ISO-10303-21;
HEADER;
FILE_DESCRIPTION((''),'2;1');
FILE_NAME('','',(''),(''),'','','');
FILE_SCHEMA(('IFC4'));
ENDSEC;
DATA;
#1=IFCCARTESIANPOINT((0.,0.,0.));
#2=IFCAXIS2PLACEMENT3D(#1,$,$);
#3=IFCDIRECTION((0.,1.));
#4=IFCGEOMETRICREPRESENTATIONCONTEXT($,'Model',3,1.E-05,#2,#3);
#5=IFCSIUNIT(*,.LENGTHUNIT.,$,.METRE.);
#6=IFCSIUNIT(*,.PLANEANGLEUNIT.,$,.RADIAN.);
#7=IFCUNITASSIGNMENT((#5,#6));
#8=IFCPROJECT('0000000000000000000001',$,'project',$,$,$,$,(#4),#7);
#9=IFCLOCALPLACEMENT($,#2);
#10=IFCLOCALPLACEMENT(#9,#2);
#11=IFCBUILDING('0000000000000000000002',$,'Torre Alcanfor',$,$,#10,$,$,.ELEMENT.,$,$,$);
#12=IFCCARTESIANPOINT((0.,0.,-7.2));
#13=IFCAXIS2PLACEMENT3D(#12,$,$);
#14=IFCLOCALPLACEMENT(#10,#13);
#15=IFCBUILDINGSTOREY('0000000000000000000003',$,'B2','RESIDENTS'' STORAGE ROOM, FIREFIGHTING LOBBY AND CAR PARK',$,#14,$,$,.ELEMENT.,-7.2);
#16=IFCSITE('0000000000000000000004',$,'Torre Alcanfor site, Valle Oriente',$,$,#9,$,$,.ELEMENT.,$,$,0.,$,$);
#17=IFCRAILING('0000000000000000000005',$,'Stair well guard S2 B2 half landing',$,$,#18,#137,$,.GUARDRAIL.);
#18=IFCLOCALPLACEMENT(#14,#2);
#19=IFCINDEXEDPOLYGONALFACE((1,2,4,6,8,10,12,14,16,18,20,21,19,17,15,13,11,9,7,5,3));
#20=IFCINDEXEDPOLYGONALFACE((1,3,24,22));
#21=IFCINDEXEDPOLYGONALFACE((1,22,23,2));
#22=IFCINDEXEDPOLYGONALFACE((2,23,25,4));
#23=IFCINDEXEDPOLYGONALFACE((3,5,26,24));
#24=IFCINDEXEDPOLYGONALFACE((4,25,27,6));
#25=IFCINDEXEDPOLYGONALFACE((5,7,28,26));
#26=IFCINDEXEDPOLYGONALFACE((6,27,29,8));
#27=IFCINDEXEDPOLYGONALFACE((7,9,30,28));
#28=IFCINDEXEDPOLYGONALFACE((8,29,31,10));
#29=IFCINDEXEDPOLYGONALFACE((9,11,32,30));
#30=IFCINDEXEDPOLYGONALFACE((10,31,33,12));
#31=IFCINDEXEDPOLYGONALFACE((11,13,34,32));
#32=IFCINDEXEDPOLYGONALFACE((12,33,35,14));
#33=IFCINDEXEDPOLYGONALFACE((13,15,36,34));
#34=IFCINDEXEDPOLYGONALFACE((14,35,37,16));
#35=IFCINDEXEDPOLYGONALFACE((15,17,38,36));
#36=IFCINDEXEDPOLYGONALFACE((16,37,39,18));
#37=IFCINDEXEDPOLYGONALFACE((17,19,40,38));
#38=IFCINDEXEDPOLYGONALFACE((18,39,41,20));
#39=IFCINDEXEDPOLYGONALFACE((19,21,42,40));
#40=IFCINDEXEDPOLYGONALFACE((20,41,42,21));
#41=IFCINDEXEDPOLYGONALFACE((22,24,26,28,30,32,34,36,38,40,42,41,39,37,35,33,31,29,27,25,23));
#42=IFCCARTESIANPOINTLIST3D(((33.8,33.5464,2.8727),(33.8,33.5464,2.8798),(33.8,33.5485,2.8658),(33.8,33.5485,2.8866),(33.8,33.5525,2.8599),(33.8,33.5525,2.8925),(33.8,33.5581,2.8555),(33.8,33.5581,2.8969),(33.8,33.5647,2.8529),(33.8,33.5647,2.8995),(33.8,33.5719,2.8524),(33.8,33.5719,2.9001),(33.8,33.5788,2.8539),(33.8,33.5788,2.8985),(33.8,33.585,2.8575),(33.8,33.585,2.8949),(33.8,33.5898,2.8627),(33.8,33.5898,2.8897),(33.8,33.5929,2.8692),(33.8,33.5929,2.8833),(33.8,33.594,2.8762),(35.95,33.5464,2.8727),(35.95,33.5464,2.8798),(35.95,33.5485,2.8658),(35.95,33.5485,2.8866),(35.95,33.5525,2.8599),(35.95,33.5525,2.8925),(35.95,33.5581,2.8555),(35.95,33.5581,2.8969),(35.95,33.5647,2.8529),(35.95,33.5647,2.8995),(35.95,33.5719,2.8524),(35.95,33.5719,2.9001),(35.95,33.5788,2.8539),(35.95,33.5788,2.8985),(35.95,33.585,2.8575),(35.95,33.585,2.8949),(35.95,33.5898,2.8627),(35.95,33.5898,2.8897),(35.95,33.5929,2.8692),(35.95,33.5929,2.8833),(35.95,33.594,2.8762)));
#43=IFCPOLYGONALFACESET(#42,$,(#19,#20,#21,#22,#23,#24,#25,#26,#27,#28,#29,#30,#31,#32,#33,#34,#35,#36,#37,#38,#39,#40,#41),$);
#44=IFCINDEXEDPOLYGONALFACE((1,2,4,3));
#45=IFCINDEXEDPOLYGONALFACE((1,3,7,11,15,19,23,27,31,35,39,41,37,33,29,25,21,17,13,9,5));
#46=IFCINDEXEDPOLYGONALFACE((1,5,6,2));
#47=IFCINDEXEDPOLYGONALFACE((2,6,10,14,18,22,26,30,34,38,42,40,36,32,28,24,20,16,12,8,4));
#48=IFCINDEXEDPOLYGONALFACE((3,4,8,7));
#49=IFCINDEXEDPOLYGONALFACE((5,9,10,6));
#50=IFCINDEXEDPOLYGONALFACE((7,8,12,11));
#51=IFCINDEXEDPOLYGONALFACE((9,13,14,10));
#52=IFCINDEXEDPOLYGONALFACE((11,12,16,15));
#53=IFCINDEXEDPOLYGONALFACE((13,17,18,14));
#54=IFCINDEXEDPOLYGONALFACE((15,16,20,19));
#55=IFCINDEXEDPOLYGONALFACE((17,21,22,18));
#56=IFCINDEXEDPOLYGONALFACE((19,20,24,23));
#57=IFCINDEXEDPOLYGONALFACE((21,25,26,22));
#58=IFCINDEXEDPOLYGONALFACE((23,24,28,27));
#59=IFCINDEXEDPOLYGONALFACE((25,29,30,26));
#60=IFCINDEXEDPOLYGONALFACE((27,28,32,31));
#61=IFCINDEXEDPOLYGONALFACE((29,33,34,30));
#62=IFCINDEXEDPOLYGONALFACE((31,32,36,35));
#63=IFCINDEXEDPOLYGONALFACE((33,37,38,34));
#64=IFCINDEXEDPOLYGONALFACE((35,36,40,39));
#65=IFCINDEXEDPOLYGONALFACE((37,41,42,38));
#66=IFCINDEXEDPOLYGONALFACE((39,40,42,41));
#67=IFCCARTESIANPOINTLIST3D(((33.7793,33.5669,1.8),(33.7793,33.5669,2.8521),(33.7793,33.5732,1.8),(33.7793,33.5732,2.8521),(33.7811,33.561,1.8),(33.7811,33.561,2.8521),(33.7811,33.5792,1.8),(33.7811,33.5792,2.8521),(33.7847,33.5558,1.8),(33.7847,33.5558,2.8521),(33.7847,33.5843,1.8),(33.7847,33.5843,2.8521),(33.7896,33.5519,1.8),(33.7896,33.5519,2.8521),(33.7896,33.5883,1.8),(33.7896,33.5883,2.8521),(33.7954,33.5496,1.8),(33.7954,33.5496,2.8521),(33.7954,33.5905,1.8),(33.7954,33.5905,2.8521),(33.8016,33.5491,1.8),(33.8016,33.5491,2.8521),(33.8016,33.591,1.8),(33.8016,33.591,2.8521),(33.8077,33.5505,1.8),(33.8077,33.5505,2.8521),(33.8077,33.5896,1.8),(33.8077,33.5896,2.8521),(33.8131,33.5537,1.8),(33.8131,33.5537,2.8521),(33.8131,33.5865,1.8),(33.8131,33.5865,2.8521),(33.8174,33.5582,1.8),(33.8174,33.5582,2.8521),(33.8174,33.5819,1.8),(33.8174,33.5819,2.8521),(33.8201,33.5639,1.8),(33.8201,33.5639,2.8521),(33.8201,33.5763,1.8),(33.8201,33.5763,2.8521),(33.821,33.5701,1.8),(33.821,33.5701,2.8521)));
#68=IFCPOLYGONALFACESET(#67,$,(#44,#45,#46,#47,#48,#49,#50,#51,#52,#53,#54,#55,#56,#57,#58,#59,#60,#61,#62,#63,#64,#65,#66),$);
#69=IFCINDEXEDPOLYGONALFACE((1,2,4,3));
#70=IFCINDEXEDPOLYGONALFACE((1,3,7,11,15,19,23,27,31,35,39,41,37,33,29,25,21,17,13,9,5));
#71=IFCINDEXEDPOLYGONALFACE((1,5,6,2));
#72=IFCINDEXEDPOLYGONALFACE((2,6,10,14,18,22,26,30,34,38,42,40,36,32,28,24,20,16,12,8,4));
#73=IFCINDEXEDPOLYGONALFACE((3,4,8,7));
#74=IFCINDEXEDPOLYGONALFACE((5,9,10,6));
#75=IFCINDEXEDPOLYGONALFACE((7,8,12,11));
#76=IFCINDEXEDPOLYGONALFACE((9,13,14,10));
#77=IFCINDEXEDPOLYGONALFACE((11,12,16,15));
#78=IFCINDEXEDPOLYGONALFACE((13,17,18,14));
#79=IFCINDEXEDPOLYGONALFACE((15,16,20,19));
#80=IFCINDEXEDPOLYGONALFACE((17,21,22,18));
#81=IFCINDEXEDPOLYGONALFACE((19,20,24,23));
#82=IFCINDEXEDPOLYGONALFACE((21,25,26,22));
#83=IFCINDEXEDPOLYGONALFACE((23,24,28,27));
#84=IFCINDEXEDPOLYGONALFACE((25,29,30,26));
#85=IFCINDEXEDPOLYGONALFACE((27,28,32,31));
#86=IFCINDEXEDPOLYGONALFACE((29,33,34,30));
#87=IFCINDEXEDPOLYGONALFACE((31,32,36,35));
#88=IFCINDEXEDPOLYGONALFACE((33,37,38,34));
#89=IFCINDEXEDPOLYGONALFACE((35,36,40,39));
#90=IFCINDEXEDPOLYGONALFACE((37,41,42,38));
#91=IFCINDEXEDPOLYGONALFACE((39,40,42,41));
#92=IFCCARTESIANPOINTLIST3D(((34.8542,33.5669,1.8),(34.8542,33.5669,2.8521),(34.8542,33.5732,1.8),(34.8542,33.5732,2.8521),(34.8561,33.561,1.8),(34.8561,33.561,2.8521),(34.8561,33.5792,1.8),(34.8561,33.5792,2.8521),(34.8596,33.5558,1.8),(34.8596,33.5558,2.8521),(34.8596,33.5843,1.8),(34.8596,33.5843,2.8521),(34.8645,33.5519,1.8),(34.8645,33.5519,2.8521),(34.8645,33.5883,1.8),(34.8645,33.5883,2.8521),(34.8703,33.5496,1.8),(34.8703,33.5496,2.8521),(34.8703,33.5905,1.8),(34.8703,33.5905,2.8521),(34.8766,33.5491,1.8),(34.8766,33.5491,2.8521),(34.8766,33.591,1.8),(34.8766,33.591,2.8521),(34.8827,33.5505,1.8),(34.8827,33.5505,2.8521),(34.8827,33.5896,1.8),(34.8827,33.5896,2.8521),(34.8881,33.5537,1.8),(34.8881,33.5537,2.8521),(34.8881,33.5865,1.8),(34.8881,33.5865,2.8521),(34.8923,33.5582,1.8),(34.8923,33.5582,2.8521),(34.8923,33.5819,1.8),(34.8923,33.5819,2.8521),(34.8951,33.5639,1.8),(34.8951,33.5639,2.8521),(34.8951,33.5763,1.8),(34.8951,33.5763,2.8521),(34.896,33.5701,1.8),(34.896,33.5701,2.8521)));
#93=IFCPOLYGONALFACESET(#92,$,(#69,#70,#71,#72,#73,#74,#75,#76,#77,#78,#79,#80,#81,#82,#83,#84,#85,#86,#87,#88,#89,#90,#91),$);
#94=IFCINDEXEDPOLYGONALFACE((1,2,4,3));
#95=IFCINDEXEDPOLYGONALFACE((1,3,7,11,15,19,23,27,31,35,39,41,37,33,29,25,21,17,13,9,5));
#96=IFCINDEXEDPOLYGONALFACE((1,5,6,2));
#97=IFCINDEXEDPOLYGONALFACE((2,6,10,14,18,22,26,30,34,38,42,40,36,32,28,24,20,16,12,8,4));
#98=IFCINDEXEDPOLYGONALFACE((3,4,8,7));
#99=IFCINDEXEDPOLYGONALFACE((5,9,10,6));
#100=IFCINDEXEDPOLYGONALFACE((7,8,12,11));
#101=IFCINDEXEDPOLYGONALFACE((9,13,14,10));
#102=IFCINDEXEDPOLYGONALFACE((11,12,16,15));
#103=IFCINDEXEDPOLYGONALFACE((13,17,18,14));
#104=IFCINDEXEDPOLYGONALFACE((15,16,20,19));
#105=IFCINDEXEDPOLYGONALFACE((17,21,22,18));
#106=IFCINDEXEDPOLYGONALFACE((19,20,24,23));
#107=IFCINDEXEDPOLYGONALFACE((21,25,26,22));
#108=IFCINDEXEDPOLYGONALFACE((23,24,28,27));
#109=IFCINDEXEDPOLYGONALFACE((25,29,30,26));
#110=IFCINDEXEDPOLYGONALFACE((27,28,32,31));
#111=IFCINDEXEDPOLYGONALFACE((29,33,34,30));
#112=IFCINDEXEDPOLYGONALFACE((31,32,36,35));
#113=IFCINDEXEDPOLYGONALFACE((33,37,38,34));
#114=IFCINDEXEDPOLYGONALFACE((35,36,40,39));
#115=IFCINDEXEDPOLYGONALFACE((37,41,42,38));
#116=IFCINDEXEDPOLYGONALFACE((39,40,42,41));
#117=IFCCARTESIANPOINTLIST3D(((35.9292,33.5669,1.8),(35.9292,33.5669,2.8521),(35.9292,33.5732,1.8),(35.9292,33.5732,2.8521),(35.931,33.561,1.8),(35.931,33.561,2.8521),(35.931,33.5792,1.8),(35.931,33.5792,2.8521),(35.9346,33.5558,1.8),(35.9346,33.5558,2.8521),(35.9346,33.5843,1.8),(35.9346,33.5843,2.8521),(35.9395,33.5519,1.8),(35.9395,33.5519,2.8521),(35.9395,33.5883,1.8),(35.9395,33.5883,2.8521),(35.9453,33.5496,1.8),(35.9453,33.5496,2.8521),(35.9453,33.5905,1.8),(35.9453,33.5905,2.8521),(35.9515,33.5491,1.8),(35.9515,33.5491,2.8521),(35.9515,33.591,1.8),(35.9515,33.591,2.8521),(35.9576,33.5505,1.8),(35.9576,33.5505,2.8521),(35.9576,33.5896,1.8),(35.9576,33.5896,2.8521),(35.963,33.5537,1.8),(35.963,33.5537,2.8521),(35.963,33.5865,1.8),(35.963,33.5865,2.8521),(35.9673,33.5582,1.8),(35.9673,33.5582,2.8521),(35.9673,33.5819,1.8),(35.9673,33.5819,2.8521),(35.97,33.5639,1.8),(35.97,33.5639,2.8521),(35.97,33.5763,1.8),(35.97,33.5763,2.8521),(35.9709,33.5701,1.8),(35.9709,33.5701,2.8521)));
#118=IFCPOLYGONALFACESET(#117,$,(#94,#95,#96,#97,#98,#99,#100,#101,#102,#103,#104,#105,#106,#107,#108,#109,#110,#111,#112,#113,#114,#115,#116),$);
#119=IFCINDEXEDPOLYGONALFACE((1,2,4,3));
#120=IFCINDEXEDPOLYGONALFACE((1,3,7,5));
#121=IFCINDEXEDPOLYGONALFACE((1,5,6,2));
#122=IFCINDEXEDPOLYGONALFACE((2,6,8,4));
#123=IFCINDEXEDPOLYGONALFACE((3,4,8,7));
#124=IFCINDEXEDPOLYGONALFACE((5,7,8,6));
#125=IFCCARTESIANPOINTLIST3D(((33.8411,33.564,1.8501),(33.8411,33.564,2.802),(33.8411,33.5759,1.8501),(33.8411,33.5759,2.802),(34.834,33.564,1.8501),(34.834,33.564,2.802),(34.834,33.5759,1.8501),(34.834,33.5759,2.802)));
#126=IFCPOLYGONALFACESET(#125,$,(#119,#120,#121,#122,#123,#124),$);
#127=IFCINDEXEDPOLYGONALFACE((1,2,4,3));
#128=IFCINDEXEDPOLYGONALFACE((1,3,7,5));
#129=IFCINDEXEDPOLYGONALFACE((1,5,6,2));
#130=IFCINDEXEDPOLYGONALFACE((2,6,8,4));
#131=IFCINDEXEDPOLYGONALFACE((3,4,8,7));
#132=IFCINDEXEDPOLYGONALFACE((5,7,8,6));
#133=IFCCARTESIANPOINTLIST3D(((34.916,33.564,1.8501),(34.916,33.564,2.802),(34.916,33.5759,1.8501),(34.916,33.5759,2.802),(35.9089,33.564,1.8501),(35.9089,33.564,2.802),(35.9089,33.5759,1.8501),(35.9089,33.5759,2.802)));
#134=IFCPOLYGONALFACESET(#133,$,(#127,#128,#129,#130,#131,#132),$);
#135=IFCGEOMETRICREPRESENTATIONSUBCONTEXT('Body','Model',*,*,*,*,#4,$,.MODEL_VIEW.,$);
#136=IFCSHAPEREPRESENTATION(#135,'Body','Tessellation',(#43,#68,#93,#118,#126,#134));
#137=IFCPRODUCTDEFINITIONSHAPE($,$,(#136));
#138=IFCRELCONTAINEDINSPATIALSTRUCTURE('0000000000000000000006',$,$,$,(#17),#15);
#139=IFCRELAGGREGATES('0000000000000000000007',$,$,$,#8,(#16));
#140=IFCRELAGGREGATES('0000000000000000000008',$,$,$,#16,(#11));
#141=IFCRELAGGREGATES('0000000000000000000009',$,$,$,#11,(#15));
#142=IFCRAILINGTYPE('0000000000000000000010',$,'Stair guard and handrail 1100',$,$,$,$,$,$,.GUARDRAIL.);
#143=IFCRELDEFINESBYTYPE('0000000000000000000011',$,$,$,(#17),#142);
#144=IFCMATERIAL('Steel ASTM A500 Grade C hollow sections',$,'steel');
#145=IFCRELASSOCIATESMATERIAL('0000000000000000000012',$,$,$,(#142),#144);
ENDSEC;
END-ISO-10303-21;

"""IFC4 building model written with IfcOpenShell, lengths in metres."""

from ifc_helpers import new_model, si_unit, direction, frame, origin, origin_2d, place, context, subcontext, project, spatial, polyline, circle, outline, extrude, material, type_object, element, save


model = new_model("IFC4")

# Units and contexts
model_context = context("Model", 3, precision=1e-05, world=origin(), true_north=direction((0.0, 1.0)))
body_context = subcontext(model_context, "Body", "Model", "MODEL_VIEW")
ifc_project = project(units=[si_unit("LENGTHUNIT", "METRE"), si_unit("PLANEANGLEUNIT", "RADIAN")], contexts=[model_context])

# Site, building, storey
site_placement = place(None, origin())
site = spatial("IfcSite", under=ifc_project, at=site_placement, Name="Torre Alcanfor site, Valle Oriente", CompositionType="ELEMENT", RefElevation=0.0)
building_placement = place(site_placement, origin())
building = spatial("IfcBuilding", under=site, at=building_placement, Name="Torre Alcanfor", CompositionType="ELEMENT")
storey_placement = place(building_placement, frame((0.0, 0.0, -7.2)))
storey = spatial("IfcBuildingStorey", under=building, at=storey_placement, Name="B2", Description="RESIDENTS' STORAGE ROOM, FIREFIGHTING LOBBY AND CAR PARK", CompositionType="ELEMENT", Elevation=-7.2)

# Railing
ifc_material_1 = material(Name="Steel ASTM A500 Grade C hollow sections", Category="steel")
railing_type_1 = type_object("IfcRailingType", Name="Stair guard and handrail 1100", PredefinedType="GUARDRAIL", material=ifc_material_1)
for number, where, name in (
    (1, (33.8, 33.5701, 1.8), "Stair well guard S2 B2 half landing"),
):
    element("IfcRailing", number, at=place(storey_placement, frame(where)), inside=storey, type_object=railing_type_1, Name=name, PredefinedType="GUARDRAIL", context=body_context, shape_type="SweptSolid", body=[
        extrude(circle(Radius=0.0239, at=origin_2d()), frame((0.0, 0.0, 1.0762), z_axis=(1.0, 0.0, 0.0), x_axis=(0.0, 1.0, 0.0)), (0.0, 0.0, 1.0), 2.1499),
        extrude(circle(Radius=0.021, at=origin_2d()), origin(), (0.0, 0.0, 1.0), 1.052),
        extrude(circle(Radius=0.021, at=origin_2d()), frame((1.075, 0.0, 0.0)), (0.0, 0.0, 1.0), 1.052),
        extrude(circle(Radius=0.021, at=origin_2d()), frame((2.1499, 0.0, 0.0)), (0.0, 0.0, 1.0), 1.052),
        extrude(outline(polyline([(0.041, 0.05), (1.0339, 0.05), (1.0339, 1.002), (0.041, 1.002), (0.041, 0.05)])), frame((0.0, 0.0059, 0.0), z_axis=(0.0, -1.0, 0.0), x_axis=(1.0, 0.0, 0.0)), (0.0, 0.0, 1.0), 0.012),
        extrude(outline(polyline([(1.116, 0.05), (2.1089, 0.05), (2.1089, 1.002), (1.116, 1.002), (1.116, 0.05)])), frame((0.0, 0.0059, 0.0), z_axis=(0.0, -1.0, 0.0), x_axis=(1.0, 0.0, 0.0)), (0.0, 0.0, 1.0), 0.012),
    ])

save(model, "model.ifc")
